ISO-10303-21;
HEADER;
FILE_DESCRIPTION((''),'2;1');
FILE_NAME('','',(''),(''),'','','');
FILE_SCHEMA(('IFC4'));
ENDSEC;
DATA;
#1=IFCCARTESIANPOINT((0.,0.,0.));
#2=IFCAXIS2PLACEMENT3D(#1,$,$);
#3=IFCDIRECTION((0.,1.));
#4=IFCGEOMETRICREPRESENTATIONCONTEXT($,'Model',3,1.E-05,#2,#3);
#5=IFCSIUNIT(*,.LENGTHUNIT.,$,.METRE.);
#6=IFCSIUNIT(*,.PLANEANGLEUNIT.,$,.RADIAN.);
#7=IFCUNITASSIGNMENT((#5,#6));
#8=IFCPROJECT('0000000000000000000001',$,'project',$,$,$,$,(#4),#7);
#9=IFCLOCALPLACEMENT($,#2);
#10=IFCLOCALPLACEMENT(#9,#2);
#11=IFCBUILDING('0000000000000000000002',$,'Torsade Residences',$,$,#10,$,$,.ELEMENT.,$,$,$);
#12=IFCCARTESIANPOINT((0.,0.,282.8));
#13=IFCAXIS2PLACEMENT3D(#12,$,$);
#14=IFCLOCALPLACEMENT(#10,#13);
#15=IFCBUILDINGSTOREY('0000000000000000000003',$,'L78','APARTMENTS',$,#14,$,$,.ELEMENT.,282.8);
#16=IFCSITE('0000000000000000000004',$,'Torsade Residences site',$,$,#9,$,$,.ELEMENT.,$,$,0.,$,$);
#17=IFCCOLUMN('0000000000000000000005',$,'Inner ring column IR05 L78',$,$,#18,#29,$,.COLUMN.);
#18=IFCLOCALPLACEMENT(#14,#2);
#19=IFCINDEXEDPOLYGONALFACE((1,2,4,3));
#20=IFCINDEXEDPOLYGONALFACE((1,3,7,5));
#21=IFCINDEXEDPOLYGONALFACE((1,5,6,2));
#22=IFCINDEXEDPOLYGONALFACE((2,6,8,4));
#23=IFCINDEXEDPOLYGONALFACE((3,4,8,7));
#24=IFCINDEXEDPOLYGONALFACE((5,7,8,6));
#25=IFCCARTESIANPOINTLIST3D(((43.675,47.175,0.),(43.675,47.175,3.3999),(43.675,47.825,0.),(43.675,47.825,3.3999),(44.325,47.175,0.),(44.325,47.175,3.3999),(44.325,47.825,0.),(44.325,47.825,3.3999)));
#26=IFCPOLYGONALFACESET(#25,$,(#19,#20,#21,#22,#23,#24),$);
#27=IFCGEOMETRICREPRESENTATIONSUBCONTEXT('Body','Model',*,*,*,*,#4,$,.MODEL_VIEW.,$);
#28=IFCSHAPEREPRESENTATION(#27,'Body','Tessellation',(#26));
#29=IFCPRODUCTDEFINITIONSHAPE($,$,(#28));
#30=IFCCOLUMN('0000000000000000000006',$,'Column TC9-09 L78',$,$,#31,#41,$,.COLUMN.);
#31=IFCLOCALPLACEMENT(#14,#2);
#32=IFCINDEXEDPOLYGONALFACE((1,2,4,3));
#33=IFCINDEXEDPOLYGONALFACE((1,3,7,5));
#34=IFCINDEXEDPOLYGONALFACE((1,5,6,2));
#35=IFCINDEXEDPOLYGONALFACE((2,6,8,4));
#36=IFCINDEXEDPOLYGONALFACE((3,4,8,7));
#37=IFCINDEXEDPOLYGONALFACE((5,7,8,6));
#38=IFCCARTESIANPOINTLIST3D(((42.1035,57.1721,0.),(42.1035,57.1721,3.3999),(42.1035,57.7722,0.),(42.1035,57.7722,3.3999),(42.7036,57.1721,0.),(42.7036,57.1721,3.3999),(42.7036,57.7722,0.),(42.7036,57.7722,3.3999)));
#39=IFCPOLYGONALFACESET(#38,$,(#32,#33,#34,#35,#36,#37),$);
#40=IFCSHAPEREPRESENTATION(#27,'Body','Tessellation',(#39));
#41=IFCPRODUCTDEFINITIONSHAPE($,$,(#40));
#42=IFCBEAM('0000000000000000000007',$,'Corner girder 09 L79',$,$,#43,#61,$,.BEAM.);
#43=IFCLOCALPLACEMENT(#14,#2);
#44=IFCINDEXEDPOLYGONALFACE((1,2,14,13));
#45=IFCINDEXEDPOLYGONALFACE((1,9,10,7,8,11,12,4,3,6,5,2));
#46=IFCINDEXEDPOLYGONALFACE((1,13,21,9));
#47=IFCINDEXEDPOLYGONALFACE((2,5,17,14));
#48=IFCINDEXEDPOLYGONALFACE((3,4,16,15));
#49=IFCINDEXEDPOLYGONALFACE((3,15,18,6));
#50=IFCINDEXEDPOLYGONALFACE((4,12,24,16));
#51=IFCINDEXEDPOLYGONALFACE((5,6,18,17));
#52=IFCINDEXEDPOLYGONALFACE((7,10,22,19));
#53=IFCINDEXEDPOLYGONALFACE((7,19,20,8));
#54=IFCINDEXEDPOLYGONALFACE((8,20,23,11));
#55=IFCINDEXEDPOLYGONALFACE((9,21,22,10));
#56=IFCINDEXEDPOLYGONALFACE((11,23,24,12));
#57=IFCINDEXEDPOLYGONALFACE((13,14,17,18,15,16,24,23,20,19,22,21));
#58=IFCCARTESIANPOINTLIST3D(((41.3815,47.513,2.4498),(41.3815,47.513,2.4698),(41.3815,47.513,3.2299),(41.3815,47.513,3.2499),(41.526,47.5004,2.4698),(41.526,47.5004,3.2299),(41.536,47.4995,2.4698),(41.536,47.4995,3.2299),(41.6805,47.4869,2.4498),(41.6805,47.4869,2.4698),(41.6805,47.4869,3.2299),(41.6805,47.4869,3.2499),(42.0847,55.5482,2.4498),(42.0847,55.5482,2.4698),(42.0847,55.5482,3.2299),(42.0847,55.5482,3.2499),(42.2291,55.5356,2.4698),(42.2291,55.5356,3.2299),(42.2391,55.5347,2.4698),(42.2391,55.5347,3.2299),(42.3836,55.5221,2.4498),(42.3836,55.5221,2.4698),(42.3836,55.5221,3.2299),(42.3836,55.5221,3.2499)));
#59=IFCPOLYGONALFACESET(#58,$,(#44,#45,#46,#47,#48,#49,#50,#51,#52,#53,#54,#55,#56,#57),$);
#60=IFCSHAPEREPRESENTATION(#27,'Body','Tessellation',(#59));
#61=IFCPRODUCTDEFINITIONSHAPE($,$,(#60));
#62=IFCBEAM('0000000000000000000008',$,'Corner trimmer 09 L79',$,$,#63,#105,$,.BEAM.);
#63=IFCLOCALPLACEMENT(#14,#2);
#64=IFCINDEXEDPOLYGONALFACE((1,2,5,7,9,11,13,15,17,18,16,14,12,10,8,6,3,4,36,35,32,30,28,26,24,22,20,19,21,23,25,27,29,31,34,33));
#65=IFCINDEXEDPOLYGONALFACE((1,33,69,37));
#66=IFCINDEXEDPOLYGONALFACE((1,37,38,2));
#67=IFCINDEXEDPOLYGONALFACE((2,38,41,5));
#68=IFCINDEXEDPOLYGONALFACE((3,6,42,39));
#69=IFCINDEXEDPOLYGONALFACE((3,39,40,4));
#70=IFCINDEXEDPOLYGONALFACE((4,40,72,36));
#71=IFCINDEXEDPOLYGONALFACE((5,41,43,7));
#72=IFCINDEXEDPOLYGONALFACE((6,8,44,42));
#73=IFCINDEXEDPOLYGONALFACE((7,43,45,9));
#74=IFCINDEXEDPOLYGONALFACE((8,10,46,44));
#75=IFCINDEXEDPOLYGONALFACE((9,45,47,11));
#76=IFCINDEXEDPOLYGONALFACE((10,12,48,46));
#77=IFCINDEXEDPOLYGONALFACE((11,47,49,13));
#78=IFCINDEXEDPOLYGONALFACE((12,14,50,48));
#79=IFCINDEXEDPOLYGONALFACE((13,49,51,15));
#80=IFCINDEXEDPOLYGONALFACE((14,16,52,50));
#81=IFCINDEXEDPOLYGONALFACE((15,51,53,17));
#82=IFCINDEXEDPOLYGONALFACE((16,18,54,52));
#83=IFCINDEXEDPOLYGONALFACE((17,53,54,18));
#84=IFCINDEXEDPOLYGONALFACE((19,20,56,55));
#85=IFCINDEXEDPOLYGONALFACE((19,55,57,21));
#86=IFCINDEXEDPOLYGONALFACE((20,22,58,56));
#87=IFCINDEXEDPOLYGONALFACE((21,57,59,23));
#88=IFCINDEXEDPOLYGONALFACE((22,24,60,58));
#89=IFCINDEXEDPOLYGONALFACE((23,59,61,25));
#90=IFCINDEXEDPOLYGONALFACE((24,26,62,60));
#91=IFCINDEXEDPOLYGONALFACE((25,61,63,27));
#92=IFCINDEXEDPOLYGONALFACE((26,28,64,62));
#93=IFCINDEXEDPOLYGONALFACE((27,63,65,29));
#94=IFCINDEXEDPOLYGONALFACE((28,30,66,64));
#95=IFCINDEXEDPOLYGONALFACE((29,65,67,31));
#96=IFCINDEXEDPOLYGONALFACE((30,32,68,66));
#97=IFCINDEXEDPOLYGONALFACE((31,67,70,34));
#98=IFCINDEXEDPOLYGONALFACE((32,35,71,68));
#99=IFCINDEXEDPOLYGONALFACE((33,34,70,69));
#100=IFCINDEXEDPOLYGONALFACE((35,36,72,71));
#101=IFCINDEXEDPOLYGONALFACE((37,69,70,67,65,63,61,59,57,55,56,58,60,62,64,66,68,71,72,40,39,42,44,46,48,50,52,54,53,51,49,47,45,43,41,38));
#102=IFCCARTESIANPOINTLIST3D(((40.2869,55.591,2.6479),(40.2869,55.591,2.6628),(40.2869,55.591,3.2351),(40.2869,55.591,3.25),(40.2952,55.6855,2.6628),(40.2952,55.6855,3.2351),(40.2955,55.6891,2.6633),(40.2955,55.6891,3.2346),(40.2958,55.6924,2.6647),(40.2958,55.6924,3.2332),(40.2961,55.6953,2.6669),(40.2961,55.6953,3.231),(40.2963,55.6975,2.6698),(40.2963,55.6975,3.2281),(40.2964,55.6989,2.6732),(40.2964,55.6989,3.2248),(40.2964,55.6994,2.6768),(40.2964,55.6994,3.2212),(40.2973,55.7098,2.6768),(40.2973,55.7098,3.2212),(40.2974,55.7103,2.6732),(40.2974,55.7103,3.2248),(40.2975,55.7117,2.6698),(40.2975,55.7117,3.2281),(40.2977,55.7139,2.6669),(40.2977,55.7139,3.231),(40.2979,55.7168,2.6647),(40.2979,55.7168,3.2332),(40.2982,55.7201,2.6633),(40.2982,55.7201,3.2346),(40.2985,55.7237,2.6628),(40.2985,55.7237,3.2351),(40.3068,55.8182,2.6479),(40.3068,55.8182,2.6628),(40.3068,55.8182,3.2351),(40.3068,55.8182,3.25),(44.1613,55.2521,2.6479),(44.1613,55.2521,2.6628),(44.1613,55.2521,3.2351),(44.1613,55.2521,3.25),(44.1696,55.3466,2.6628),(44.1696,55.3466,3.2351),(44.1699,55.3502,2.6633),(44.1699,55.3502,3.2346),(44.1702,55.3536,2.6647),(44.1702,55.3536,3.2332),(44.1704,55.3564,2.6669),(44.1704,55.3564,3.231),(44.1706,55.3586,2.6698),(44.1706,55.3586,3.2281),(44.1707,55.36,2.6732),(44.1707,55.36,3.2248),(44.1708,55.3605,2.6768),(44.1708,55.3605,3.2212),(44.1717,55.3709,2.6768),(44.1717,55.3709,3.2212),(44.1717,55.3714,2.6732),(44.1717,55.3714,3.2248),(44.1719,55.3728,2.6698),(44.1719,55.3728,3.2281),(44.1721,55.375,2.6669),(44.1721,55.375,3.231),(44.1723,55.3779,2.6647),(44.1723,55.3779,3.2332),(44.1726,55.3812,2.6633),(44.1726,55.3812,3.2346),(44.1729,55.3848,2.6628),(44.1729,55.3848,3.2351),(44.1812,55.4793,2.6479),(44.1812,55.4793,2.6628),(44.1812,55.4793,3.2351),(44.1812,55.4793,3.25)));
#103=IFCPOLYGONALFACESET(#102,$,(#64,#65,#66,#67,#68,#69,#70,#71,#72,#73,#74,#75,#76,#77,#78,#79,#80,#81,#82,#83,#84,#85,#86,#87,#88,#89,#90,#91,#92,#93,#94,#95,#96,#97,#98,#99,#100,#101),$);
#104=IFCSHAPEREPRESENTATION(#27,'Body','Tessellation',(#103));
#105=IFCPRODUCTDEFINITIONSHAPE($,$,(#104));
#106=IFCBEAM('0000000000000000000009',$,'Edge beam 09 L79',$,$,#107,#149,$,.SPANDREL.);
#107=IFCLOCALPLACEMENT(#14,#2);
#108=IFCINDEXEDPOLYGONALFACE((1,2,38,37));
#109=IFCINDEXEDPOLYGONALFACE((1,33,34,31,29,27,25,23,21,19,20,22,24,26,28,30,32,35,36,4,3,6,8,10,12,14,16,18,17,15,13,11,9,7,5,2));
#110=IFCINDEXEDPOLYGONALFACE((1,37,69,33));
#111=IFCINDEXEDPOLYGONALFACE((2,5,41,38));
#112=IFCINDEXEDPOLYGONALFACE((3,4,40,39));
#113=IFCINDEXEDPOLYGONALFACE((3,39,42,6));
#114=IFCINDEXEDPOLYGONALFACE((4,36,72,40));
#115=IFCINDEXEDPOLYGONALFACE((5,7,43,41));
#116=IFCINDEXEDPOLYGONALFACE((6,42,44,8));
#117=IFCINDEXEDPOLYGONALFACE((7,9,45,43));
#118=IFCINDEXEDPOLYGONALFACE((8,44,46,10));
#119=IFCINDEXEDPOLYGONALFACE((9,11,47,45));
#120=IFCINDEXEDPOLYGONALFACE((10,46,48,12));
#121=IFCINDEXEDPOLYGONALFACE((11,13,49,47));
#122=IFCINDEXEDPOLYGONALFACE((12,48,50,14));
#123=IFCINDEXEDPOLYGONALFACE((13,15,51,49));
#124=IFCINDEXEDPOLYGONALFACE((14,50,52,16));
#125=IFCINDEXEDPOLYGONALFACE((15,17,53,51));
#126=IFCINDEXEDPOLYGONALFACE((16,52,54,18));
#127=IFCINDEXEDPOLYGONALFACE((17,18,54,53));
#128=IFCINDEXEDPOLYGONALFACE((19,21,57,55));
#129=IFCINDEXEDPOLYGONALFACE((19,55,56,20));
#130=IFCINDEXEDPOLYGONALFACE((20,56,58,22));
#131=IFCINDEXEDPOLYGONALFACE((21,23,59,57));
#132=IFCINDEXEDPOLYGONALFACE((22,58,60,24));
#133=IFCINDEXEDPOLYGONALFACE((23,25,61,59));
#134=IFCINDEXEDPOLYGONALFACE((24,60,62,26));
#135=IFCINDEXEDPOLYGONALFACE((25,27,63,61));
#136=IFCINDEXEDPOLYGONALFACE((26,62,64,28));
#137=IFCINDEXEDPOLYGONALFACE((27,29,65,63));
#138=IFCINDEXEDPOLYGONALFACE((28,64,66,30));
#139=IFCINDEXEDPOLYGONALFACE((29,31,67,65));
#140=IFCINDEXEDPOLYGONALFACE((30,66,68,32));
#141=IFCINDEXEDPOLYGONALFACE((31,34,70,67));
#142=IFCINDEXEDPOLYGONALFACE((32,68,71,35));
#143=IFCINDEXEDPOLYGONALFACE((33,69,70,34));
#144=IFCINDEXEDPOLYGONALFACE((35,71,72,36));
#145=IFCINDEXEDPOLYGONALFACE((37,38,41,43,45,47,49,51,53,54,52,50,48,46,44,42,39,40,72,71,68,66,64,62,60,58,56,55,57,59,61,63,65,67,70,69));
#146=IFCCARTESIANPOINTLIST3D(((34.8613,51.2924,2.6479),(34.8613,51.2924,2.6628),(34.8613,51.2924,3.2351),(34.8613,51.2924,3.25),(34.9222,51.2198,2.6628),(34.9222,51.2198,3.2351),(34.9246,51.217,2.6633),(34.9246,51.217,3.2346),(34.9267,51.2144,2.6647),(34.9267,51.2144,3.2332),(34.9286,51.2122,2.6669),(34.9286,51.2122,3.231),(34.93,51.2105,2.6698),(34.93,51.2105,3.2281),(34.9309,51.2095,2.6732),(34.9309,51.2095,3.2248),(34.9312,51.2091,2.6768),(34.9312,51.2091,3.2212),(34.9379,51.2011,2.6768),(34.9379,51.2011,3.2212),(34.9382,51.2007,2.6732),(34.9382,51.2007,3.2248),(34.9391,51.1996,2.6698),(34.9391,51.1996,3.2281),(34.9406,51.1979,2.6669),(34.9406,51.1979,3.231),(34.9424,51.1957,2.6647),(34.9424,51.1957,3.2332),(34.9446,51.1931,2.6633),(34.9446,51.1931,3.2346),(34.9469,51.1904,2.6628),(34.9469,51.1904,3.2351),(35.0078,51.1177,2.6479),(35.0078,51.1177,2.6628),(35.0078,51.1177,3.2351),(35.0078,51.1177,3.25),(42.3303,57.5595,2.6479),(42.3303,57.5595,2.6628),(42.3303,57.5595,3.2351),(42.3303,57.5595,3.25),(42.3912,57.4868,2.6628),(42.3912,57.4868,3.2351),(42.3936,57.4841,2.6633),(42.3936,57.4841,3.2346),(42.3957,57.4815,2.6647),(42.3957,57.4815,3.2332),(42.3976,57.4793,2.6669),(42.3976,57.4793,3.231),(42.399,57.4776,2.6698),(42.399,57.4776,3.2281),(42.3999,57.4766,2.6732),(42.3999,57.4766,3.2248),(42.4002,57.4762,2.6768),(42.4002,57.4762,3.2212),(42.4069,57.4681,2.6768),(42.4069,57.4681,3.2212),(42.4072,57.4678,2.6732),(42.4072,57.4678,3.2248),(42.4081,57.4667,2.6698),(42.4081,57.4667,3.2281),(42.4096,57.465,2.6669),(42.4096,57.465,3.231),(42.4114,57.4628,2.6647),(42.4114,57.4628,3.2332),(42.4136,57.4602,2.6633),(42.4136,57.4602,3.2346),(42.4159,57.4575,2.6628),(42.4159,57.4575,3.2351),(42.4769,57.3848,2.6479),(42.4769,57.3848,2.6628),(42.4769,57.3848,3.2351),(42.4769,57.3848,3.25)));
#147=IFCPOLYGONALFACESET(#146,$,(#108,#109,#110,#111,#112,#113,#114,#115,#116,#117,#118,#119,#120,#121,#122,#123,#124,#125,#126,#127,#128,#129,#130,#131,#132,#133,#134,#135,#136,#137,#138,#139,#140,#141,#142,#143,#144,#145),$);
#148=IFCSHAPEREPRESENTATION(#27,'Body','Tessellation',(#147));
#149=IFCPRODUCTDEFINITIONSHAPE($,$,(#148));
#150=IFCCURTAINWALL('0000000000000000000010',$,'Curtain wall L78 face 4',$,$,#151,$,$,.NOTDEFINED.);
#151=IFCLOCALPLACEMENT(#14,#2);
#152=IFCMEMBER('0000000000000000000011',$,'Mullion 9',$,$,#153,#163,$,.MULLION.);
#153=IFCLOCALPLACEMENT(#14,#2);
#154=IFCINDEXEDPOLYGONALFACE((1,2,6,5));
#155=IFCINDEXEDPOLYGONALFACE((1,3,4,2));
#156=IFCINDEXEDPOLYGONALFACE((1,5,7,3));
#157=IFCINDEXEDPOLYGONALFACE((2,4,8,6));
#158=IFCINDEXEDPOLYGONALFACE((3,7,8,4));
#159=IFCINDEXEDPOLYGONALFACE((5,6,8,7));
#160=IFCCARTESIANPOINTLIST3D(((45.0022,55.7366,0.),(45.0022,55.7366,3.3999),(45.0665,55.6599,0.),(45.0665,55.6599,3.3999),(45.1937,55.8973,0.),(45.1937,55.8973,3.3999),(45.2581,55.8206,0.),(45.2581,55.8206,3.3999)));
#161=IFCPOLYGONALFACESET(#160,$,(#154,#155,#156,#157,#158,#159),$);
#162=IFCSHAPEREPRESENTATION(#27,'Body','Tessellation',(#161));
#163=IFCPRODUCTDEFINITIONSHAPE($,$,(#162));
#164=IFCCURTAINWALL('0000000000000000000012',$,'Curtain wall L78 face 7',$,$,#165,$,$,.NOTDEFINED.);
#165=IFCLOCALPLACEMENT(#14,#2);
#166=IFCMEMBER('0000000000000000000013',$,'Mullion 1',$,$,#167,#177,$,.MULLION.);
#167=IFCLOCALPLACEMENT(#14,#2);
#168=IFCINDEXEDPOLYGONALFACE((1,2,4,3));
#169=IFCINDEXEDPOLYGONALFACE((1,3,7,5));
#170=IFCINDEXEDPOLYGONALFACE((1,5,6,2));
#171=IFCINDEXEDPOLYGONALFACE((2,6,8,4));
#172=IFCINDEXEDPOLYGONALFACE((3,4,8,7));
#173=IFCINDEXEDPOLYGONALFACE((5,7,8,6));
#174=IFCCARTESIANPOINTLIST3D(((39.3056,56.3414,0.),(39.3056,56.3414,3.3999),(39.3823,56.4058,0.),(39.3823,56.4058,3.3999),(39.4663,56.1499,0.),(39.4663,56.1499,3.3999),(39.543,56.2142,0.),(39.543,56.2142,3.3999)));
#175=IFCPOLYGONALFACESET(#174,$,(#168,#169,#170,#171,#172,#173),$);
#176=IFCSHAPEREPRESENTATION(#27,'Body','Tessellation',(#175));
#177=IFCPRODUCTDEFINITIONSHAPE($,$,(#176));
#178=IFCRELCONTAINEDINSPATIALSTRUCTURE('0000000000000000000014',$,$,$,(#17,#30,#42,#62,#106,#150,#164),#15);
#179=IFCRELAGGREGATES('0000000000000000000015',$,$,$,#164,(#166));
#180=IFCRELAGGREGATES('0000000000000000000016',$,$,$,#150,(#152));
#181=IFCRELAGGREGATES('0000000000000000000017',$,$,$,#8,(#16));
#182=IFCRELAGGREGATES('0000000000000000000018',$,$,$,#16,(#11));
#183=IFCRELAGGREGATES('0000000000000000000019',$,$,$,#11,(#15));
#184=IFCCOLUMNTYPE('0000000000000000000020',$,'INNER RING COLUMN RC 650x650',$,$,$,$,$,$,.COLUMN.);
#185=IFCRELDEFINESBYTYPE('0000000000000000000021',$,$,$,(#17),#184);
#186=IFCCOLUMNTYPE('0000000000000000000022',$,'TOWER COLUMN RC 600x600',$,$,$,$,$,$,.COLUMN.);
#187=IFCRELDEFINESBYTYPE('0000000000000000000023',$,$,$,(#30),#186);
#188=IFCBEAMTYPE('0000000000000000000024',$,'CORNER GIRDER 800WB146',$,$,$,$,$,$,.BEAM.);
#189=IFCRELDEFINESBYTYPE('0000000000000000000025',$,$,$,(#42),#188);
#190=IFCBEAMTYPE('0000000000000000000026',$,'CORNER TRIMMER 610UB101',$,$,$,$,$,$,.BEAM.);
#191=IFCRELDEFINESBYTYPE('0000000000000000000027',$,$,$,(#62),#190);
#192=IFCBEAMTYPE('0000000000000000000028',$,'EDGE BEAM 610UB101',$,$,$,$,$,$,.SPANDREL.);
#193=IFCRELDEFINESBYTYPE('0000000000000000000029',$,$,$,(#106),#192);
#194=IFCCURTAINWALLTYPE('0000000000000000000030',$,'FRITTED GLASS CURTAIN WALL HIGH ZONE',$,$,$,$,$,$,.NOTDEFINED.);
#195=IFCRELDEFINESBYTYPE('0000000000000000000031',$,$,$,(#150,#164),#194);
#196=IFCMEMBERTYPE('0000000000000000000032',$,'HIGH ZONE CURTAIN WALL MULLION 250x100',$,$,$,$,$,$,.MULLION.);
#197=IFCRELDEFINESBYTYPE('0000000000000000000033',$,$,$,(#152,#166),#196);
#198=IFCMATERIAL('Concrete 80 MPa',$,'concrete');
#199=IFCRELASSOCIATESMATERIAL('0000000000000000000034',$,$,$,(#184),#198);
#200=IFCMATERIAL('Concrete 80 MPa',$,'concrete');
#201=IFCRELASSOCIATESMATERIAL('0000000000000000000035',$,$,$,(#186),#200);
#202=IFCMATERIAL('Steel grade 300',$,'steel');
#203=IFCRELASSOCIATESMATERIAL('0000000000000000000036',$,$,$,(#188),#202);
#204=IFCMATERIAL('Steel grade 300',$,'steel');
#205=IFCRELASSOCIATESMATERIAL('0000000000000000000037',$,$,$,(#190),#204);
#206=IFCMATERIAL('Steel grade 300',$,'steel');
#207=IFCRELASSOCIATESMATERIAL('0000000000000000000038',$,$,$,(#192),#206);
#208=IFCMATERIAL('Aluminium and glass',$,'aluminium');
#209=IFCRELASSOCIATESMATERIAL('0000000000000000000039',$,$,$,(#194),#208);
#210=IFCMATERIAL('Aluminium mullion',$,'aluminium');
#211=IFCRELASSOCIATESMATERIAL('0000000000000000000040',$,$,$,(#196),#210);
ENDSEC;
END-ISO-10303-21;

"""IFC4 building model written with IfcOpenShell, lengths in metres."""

from ifc_helpers import new_model, si_unit, direction, frame, origin, origin_2d, place, context, subcontext, project, spatial, rectangle, i_section, extrude, material, material_profile, profile_set, type_object, element, aggregate, save


model = new_model("IFC4")

# Units and contexts
model_context = context("Model", 3, precision=1e-05, world=origin(), true_north=direction((0.0, 1.0)))
body_context = subcontext(model_context, "Body", "Model", "MODEL_VIEW")
ifc_project = project(units=[si_unit("LENGTHUNIT", "METRE"), si_unit("PLANEANGLEUNIT", "RADIAN")], contexts=[model_context])

# Site, building, storey
site_placement = place(None, origin())
site = spatial("IfcSite", under=ifc_project, at=site_placement, Name="Torsade Residences site", CompositionType="ELEMENT", RefElevation=0.0)
building_placement = place(site_placement, origin())
building = spatial("IfcBuilding", under=site, at=building_placement, Name="Torsade Residences", CompositionType="ELEMENT")
storey_placement = place(building_placement, frame((0.0, 0.0, 282.8)))
storey = spatial("IfcBuildingStorey", under=building, at=storey_placement, Name="L78", Description="APARTMENTS", CompositionType="ELEMENT", Elevation=282.8)

# Columns
ifc_material_1 = material(Name="Concrete 80 MPa", Category="concrete")
ifc_material_profile_1 = material_profile(ifc_material_1, rectangle(XDim=0.6499, YDim=0.6499, at=origin_2d()), Name="RC 650x650")
ifc_profile_set_1 = profile_set([ifc_material_profile_1], Name="Concrete 80 MPa")
column_type_1 = type_object("IfcColumnType", Name="INNER RING COLUMN RC 650x650", PredefinedType="COLUMN", material=ifc_profile_set_1)
column_1_placement = place(storey_placement, frame((44.0, 47.5, 0.0), z_axis=(0.0, 0.0, 1.0), x_axis=(1.0, 0.0, 0.0)))
element("IfcColumn", 1, at=column_1_placement, inside=storey, type_object=column_type_1, Name="Inner ring column IR05 L78", PredefinedType="COLUMN", context=body_context, shape_type="SweptSolid", body=[
    extrude(rectangle(XDim=0.6499, YDim=0.6499, at=origin_2d()), origin(), (0.0, 0.0, 1.0), 3.3999),
])
ifc_material_2 = material(Name="Concrete 80 MPa", Category="concrete")
ifc_material_profile_2 = material_profile(ifc_material_2, rectangle(XDim=0.6001, YDim=0.6001, at=origin_2d()), Name="RC 600x600")
ifc_profile_set_2 = profile_set([ifc_material_profile_2], Name="Concrete 80 MPa")
column_type_2 = type_object("IfcColumnType", Name="TOWER COLUMN RC 600x600", PredefinedType="COLUMN", material=ifc_profile_set_2)
column_2_placement = place(storey_placement, frame((42.4036, 57.4722, 0.0), z_axis=(0.0, 0.0, 1.0), x_axis=(1.0, 0.0, 0.0)))
element("IfcColumn", 2, at=column_2_placement, inside=storey, type_object=column_type_2, Name="Column TC9-09 L78", PredefinedType="COLUMN", context=body_context, shape_type="SweptSolid", body=[
    extrude(rectangle(XDim=0.6001, YDim=0.6001, at=origin_2d()), origin(), (0.0, 0.0, 1.0), 3.3999),
])

# Beams
ifc_material_3 = material(Name="Steel grade 300", Category="steel")
ifc_material_profile_3 = material_profile(ifc_material_3, i_section(OverallWidth=0.3, OverallDepth=0.8, WebThickness=0.01, FlangeThickness=0.02, at=origin_2d()), Name="800WB146")
ifc_profile_set_3 = profile_set([ifc_material_profile_3], Name="Steel grade 300")
beam_type_1 = type_object("IfcBeamType", Name="CORNER GIRDER 800WB146", PredefinedType="BEAM", material=ifc_profile_set_3)
beam_1_placement = place(storey_placement, frame((42.2341, 55.5352, 2.8499), z_axis=(-0.087173, -0.996193, 0.0), x_axis=(0.996193, -0.087173, 0.0)))
element("IfcBeam", 3, at=beam_1_placement, inside=storey, type_object=beam_type_1, Name="Corner girder 09 L79", PredefinedType="BEAM", context=body_context, shape_type="SweptSolid", body=[
    extrude(i_section(OverallWidth=0.3, OverallDepth=0.8, WebThickness=0.01, FlangeThickness=0.02, at=origin_2d()), origin(), (0.0, 0.0, 1.0), 8.0659),
])
ifc_material_4 = material(Name="Steel grade 300", Category="steel")
ifc_material_profile_4 = material_profile(ifc_material_4, i_section(OverallWidth=0.228, OverallDepth=0.6021, WebThickness=0.0105, FlangeThickness=0.0149, FilletRadius=0.0139, at=origin_2d()), Name="610UB101")
ifc_profile_set_4 = profile_set([ifc_material_profile_4], Name="Steel grade 300")
beam_type_2 = type_object("IfcBeamType", Name="CORNER TRIMMER 610UB101", PredefinedType="BEAM", material=ifc_profile_set_4)
beam_2_placement = place(storey_placement, frame((40.2969, 55.7046, 2.949), z_axis=(0.996197, -0.087133, 0.0), x_axis=(0.087133, 0.996197, 0.0)))
element("IfcBeam", 4, at=beam_2_placement, inside=storey, type_object=beam_type_2, Name="Corner trimmer 09 L79", PredefinedType="BEAM", context=body_context, shape_type="SweptSolid", body=[
    extrude(i_section(OverallWidth=0.228, OverallDepth=0.6021, WebThickness=0.0105, FlangeThickness=0.0149, FilletRadius=0.0139, at=origin_2d()), origin(), (0.0, 0.0, 1.0), 3.8892),
])
ifc_material_5 = material(Name="Steel grade 300", Category="steel")
ifc_material_profile_5 = material_profile(ifc_material_5, i_section(OverallWidth=0.228, OverallDepth=0.6021, WebThickness=0.0105, FlangeThickness=0.0149, FilletRadius=0.0139, at=origin_2d()), Name="610UB101")
ifc_profile_set_5 = profile_set([ifc_material_profile_5], Name="Steel grade 300")
beam_type_3 = type_object("IfcBeamType", Name="EDGE BEAM 610UB101", PredefinedType="SPANDREL", material=ifc_profile_set_5)
beam_3_placement = place(storey_placement, frame((42.4036, 57.4722, 2.949), z_axis=(-0.766052, -0.642779, 0.0), x_axis=(0.642779, -0.766052, 0.0)))
element("IfcBeam", 5, at=beam_3_placement, inside=storey, type_object=beam_type_3, Name="Edge beam 09 L79", PredefinedType="SPANDREL", context=body_context, shape_type="SweptSolid", body=[
    extrude(i_section(OverallWidth=0.228, OverallDepth=0.6021, WebThickness=0.0105, FlangeThickness=0.0149, FilletRadius=0.0139, at=origin_2d()), origin(), (0.0, 0.0, 1.0), 9.75),
])

# Curtain walls, members
ifc_material_6 = material(Name="Aluminium and glass", Category="aluminium")
curtain_wall_type = type_object("IfcCurtainWallType", Name="FRITTED GLASS CURTAIN WALL HIGH ZONE", PredefinedType="NOTDEFINED", material=ifc_material_6)
curtain_wall_1_placement = place(storey_placement, origin())
curtain_wall_1 = element("IfcCurtainWall", 6, at=curtain_wall_1_placement, inside=storey, type_object=curtain_wall_type, Name="Curtain wall L78 face 4", PredefinedType="NOTDEFINED")
ifc_material_7 = material(Name="Aluminium mullion", Category="aluminium")
ifc_material_profile_6 = material_profile(ifc_material_7, rectangle(XDim=0.25, YDim=0.1001, at=origin_2d()), Name="HIGH ZONE CURTAIN WALL MULLION 250x100")
ifc_profile_set_6 = profile_set([ifc_material_profile_6], Name="Aluminium mullion")
member_type_1 = type_object("IfcMemberType", Name="HIGH ZONE CURTAIN WALL MULLION 250x100", PredefinedType="MULLION", material=ifc_profile_set_6)
member_1_placement = place(storey_placement, frame((45.1301, 55.7786, 0.0), z_axis=(0.0, 0.0, 1.0), x_axis=(-0.766044, -0.642788, 0.0)))
member_1 = element("IfcMember", 7, at=member_1_placement, type_object=member_type_1, Name="Mullion 9", PredefinedType="MULLION", context=body_context, shape_type="SweptSolid", body=[
    extrude(rectangle(XDim=0.25, YDim=0.1001, at=origin_2d()), origin(), (0.0, 0.0, 1.0), 3.3999),
])
curtain_wall_2_placement = place(storey_placement, origin())
curtain_wall_2 = element("IfcCurtainWall", 8, at=curtain_wall_2_placement, inside=storey, type_object=curtain_wall_type, Name="Curtain wall L78 face 7", PredefinedType="NOTDEFINED")
member_2_placement = place(storey_placement, frame((39.4243, 56.2778, 0.0), z_axis=(0.0, 0.0, 1.0), x_axis=(0.642788, -0.766044, 0.0)))
member_2 = element("IfcMember", 9, at=member_2_placement, type_object=member_type_1, Name="Mullion 1", PredefinedType="MULLION", context=body_context, shape_type="SweptSolid", body=[
    extrude(rectangle(XDim=0.25, YDim=0.1001, at=origin_2d()), origin(), (0.0, 0.0, 1.0), 3.3999),
])
aggregate(curtain_wall_2, [member_2])

aggregate(curtain_wall_1, [member_1])

save(model, "model.ifc")
